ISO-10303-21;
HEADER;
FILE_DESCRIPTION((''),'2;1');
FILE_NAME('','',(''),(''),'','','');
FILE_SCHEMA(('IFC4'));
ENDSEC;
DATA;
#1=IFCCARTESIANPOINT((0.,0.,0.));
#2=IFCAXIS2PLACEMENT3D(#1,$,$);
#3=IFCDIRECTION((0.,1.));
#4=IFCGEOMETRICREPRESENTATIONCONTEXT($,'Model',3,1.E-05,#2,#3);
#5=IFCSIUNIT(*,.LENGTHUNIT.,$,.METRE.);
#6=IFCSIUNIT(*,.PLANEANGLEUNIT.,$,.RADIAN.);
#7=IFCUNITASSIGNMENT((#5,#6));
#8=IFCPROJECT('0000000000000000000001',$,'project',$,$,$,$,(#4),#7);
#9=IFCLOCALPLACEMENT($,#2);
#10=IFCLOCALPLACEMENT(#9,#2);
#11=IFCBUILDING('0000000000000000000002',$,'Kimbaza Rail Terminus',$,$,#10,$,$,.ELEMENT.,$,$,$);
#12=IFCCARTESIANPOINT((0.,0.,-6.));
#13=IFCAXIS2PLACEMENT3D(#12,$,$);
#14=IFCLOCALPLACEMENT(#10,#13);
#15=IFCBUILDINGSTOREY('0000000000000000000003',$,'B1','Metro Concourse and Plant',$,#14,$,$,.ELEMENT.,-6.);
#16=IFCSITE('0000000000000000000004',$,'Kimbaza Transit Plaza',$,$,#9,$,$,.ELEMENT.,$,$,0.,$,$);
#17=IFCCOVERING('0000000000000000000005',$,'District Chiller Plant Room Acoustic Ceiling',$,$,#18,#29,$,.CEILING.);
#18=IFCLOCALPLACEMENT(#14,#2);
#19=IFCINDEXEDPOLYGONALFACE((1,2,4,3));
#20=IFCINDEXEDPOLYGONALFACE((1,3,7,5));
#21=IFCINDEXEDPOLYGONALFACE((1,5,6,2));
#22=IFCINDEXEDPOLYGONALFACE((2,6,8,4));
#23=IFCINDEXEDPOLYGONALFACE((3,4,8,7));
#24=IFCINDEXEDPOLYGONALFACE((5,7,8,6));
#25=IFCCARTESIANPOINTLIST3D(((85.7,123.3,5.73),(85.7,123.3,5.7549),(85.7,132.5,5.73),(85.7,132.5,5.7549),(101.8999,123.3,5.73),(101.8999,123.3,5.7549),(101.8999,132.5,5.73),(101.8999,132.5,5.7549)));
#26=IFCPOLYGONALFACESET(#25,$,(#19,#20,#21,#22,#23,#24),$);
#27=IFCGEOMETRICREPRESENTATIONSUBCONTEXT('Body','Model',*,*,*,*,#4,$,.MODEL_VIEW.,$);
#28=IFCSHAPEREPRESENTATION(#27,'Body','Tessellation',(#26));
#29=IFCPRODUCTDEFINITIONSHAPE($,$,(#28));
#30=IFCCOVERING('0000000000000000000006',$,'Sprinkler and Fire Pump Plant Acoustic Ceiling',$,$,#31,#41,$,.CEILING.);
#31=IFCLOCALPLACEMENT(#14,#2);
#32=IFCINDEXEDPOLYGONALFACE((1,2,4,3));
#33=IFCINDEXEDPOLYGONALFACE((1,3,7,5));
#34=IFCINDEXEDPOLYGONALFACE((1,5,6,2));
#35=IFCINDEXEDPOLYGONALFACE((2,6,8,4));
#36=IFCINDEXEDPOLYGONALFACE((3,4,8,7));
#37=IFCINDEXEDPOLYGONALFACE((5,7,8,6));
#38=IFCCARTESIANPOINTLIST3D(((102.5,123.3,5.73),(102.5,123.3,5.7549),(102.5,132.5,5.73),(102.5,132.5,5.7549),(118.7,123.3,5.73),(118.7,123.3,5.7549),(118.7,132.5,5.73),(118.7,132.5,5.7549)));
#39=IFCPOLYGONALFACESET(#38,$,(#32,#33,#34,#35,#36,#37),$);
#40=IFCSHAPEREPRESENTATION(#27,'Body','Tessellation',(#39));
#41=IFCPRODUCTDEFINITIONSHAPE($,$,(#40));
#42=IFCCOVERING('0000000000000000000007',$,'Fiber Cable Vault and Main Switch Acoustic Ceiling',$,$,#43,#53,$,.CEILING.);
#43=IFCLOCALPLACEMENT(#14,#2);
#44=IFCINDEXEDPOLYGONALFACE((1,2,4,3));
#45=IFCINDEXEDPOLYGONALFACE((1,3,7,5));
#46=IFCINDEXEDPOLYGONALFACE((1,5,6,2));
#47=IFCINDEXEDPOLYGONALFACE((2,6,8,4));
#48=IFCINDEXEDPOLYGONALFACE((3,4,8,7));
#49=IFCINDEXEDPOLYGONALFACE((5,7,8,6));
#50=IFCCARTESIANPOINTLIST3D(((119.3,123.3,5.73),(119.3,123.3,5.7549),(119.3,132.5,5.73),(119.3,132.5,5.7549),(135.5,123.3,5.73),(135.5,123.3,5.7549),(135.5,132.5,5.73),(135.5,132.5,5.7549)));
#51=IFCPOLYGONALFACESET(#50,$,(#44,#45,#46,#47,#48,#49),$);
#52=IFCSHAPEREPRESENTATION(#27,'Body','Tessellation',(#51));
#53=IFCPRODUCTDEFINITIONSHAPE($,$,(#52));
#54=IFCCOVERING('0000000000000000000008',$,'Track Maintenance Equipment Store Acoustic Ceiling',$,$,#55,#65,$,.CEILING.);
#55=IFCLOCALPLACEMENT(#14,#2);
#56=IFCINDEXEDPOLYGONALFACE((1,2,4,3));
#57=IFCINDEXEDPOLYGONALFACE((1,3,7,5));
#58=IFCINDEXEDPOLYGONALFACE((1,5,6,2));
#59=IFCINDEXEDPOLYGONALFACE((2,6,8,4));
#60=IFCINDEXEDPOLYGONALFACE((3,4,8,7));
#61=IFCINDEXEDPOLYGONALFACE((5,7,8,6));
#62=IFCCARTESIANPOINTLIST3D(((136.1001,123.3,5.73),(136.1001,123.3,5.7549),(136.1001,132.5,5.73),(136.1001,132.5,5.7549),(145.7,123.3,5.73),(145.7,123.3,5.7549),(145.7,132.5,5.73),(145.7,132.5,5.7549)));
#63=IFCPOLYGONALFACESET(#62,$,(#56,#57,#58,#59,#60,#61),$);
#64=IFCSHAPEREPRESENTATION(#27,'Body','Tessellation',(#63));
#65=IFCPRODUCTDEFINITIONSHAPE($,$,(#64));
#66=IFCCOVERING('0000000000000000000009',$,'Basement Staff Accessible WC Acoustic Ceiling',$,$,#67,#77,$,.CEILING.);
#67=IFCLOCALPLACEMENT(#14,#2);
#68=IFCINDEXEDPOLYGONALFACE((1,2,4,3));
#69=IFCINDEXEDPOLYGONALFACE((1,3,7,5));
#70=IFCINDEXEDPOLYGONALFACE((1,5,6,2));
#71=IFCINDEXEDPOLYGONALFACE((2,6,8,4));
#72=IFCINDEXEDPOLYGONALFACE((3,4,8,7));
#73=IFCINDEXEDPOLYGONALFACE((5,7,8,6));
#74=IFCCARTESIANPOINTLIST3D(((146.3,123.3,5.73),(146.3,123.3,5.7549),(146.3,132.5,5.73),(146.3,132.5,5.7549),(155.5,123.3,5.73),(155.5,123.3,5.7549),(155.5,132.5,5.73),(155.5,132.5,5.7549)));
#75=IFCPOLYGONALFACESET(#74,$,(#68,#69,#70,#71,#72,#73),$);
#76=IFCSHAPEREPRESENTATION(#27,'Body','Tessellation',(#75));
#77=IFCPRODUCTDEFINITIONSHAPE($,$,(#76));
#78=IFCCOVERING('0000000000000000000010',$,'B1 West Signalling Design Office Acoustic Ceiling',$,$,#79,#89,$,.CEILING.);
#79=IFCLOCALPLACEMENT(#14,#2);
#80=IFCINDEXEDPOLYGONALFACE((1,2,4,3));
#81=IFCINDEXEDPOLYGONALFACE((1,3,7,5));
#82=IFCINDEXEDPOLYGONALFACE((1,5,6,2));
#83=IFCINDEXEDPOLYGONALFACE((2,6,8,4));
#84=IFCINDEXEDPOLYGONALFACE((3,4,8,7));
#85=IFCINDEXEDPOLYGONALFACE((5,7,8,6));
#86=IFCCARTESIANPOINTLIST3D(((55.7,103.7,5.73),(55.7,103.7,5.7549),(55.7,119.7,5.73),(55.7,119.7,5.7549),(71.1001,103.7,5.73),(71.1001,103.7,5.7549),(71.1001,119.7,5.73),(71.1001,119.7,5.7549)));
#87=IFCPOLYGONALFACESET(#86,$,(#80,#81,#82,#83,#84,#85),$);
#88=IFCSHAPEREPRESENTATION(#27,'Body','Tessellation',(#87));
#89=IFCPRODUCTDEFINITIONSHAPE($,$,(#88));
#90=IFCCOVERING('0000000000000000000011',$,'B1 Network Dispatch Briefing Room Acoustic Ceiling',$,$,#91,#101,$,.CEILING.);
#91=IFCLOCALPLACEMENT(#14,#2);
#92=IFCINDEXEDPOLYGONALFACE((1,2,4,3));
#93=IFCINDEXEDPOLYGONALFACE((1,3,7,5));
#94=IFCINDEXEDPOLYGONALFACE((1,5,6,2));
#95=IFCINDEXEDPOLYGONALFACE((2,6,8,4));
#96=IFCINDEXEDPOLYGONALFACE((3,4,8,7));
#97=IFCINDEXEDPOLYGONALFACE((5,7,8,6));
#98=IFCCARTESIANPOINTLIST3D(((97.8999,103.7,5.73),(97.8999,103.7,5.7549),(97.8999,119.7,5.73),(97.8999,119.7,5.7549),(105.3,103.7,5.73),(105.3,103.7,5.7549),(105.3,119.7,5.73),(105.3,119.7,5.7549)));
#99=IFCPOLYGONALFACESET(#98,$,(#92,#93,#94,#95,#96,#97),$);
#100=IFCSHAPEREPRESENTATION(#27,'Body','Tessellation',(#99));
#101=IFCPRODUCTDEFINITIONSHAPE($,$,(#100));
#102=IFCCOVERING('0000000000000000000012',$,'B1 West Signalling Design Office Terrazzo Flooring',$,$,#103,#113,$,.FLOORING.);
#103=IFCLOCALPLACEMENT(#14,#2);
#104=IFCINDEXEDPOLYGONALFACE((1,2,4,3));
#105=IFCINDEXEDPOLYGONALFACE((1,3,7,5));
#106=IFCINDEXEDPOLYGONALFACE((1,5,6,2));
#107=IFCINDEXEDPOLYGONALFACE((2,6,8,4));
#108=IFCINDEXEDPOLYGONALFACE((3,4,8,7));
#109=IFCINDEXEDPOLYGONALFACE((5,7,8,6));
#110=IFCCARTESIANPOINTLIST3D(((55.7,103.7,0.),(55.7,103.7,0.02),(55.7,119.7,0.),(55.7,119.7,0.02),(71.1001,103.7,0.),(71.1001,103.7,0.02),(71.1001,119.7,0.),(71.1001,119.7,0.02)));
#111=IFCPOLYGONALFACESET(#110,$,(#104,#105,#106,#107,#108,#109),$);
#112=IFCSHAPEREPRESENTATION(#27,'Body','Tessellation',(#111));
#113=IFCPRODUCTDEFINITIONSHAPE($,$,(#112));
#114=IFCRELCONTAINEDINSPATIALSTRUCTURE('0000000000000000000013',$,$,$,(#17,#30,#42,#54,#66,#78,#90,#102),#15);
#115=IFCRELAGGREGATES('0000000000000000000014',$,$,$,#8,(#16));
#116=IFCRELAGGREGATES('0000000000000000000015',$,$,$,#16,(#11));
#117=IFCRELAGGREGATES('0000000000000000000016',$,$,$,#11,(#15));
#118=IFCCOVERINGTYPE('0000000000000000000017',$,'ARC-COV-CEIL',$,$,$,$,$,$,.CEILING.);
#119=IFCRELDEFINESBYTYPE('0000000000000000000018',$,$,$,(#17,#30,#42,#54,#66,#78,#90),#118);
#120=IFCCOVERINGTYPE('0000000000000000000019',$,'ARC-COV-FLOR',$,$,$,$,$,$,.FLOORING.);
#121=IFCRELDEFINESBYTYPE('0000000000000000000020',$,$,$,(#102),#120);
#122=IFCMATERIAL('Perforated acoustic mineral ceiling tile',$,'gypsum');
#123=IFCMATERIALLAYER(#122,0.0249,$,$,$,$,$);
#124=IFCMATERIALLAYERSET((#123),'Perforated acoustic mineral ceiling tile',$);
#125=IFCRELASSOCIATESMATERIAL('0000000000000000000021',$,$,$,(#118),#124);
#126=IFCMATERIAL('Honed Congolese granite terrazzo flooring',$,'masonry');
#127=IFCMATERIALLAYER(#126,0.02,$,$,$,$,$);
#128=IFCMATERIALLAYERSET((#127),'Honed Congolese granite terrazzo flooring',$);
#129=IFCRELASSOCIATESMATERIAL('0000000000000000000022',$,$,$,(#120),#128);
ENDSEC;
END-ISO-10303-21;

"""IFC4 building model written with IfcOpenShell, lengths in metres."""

from ifc_helpers import new_model, si_unit, direction, frame, origin, place, context, subcontext, project, spatial, polyline, outline, extrude, material, layer, layer_set, type_object, element, save


model = new_model("IFC4")

# Units and contexts
model_context = context("Model", 3, precision=1e-05, world=origin(), true_north=direction((0.0, 1.0)))
body_context = subcontext(model_context, "Body", "Model", "MODEL_VIEW")
ifc_project = project(units=[si_unit("LENGTHUNIT", "METRE"), si_unit("PLANEANGLEUNIT", "RADIAN")], contexts=[model_context])

# Site, building, storey
site_placement = place(None, origin())
site = spatial("IfcSite", under=ifc_project, at=site_placement, Name="Kimbaza Transit Plaza", CompositionType="ELEMENT", RefElevation=0.0)
building_placement = place(site_placement, origin())
building = spatial("IfcBuilding", under=site, at=building_placement, Name="Kimbaza Rail Terminus", CompositionType="ELEMENT")
storey_placement = place(building_placement, frame((0.0, 0.0, -6.0)))
storey = spatial("IfcBuildingStorey", under=building, at=storey_placement, Name="B1", Description="Metro Concourse and Plant", CompositionType="ELEMENT", Elevation=-6.0)

# Coverings
ifc_material_1 = material(Name="Perforated acoustic mineral ceiling tile", Category="gypsum")
ifc_layer_1 = layer(ifc_material_1, 0.0249)
ifc_layer_set_1 = layer_set([ifc_layer_1], Name="Perforated acoustic mineral ceiling tile")
covering_type_1 = type_object("IfcCoveringType", Name="ARC-COV-CEIL", PredefinedType="CEILING", material=ifc_layer_set_1)
covering_1_placement = place(storey_placement, frame((0.0, 0.0, 5.73)))
element("IfcCovering", 1, at=covering_1_placement, inside=storey, type_object=covering_type_1, Name="District Chiller Plant Room Acoustic Ceiling", PredefinedType="CEILING", context=body_context, shape_type="SweptSolid", body=[
    extrude(outline(polyline([(85.7, 123.3), (101.8999, 123.3), (101.8999, 132.5), (85.7, 132.5), (85.7, 123.3)])), origin(), (0.0, 0.0, 1.0), 0.0249),
])
covering_2_placement = place(storey_placement, frame((0.0, 0.0, 5.73)))
element("IfcCovering", 2, at=covering_2_placement, inside=storey, type_object=covering_type_1, Name="Sprinkler and Fire Pump Plant Acoustic Ceiling", PredefinedType="CEILING", context=body_context, shape_type="SweptSolid", body=[
    extrude(outline(polyline([(102.5, 123.3), (118.7, 123.3), (118.7, 132.5), (102.5, 132.5), (102.5, 123.3)])), origin(), (0.0, 0.0, 1.0), 0.0249),
])
covering_3_placement = place(storey_placement, frame((0.0, 0.0, 5.73)))
element("IfcCovering", 3, at=covering_3_placement, inside=storey, type_object=covering_type_1, Name="Fiber Cable Vault and Main Switch Acoustic Ceiling", PredefinedType="CEILING", context=body_context, shape_type="SweptSolid", body=[
    extrude(outline(polyline([(119.3, 123.3), (135.5, 123.3), (135.5, 132.5), (119.3, 132.5), (119.3, 123.3)])), origin(), (0.0, 0.0, 1.0), 0.0249),
])
covering_4_placement = place(storey_placement, frame((0.0, 0.0, 5.73)))
element("IfcCovering", 4, at=covering_4_placement, inside=storey, type_object=covering_type_1, Name="Track Maintenance Equipment Store Acoustic Ceiling", PredefinedType="CEILING", context=body_context, shape_type="SweptSolid", body=[
    extrude(outline(polyline([(136.1001, 123.3), (145.7, 123.3), (145.7, 132.5), (136.1001, 132.5), (136.1001, 123.3)])), origin(), (0.0, 0.0, 1.0), 0.0249),
])
covering_5_placement = place(storey_placement, frame((0.0, 0.0, 5.73)))
element("IfcCovering", 5, at=covering_5_placement, inside=storey, type_object=covering_type_1, Name="Basement Staff Accessible WC Acoustic Ceiling", PredefinedType="CEILING", context=body_context, shape_type="SweptSolid", body=[
    extrude(outline(polyline([(146.3, 123.3), (155.5, 123.3), (155.5, 132.5), (146.3, 132.5), (146.3, 123.3)])), origin(), (0.0, 0.0, 1.0), 0.0249),
])
covering_6_placement = place(storey_placement, frame((0.0, 0.0, 5.73)))
element("IfcCovering", 6, at=covering_6_placement, inside=storey, type_object=covering_type_1, Name="B1 West Signalling Design Office Acoustic Ceiling", PredefinedType="CEILING", context=body_context, shape_type="SweptSolid", body=[
    extrude(outline(polyline([(55.7, 103.7), (71.1001, 103.7), (71.1001, 119.7), (55.7, 119.7), (55.7, 103.7)])), origin(), (0.0, 0.0, 1.0), 0.0249),
])
covering_7_placement = place(storey_placement, frame((0.0, 0.0, 5.73)))
element("IfcCovering", 7, at=covering_7_placement, inside=storey, type_object=covering_type_1, Name="B1 Network Dispatch Briefing Room Acoustic Ceiling", PredefinedType="CEILING", context=body_context, shape_type="SweptSolid", body=[
    extrude(outline(polyline([(97.8999, 103.7), (105.3, 103.7), (105.3, 119.7), (97.8999, 119.7), (97.8999, 103.7)])), origin(), (0.0, 0.0, 1.0), 0.0249),
])
ifc_material_2 = material(Name="Honed Congolese granite terrazzo flooring", Category="masonry")
ifc_layer_2 = layer(ifc_material_2, 0.02)
ifc_layer_set_2 = layer_set([ifc_layer_2], Name="Honed Congolese granite terrazzo flooring")
covering_type_2 = type_object("IfcCoveringType", Name="ARC-COV-FLOR", PredefinedType="FLOORING", material=ifc_layer_set_2)
covering_8_placement = place(storey_placement, origin())
element("IfcCovering", 8, at=covering_8_placement, inside=storey, type_object=covering_type_2, Name="B1 West Signalling Design Office Terrazzo Flooring", PredefinedType="FLOORING", context=body_context, shape_type="SweptSolid", body=[
    extrude(outline(polyline([(55.7, 103.7), (71.1001, 103.7), (71.1001, 119.7), (55.7, 119.7), (55.7, 103.7)])), origin(), (0.0, 0.0, 1.0), 0.02),
])

save(model, "model.ifc")
